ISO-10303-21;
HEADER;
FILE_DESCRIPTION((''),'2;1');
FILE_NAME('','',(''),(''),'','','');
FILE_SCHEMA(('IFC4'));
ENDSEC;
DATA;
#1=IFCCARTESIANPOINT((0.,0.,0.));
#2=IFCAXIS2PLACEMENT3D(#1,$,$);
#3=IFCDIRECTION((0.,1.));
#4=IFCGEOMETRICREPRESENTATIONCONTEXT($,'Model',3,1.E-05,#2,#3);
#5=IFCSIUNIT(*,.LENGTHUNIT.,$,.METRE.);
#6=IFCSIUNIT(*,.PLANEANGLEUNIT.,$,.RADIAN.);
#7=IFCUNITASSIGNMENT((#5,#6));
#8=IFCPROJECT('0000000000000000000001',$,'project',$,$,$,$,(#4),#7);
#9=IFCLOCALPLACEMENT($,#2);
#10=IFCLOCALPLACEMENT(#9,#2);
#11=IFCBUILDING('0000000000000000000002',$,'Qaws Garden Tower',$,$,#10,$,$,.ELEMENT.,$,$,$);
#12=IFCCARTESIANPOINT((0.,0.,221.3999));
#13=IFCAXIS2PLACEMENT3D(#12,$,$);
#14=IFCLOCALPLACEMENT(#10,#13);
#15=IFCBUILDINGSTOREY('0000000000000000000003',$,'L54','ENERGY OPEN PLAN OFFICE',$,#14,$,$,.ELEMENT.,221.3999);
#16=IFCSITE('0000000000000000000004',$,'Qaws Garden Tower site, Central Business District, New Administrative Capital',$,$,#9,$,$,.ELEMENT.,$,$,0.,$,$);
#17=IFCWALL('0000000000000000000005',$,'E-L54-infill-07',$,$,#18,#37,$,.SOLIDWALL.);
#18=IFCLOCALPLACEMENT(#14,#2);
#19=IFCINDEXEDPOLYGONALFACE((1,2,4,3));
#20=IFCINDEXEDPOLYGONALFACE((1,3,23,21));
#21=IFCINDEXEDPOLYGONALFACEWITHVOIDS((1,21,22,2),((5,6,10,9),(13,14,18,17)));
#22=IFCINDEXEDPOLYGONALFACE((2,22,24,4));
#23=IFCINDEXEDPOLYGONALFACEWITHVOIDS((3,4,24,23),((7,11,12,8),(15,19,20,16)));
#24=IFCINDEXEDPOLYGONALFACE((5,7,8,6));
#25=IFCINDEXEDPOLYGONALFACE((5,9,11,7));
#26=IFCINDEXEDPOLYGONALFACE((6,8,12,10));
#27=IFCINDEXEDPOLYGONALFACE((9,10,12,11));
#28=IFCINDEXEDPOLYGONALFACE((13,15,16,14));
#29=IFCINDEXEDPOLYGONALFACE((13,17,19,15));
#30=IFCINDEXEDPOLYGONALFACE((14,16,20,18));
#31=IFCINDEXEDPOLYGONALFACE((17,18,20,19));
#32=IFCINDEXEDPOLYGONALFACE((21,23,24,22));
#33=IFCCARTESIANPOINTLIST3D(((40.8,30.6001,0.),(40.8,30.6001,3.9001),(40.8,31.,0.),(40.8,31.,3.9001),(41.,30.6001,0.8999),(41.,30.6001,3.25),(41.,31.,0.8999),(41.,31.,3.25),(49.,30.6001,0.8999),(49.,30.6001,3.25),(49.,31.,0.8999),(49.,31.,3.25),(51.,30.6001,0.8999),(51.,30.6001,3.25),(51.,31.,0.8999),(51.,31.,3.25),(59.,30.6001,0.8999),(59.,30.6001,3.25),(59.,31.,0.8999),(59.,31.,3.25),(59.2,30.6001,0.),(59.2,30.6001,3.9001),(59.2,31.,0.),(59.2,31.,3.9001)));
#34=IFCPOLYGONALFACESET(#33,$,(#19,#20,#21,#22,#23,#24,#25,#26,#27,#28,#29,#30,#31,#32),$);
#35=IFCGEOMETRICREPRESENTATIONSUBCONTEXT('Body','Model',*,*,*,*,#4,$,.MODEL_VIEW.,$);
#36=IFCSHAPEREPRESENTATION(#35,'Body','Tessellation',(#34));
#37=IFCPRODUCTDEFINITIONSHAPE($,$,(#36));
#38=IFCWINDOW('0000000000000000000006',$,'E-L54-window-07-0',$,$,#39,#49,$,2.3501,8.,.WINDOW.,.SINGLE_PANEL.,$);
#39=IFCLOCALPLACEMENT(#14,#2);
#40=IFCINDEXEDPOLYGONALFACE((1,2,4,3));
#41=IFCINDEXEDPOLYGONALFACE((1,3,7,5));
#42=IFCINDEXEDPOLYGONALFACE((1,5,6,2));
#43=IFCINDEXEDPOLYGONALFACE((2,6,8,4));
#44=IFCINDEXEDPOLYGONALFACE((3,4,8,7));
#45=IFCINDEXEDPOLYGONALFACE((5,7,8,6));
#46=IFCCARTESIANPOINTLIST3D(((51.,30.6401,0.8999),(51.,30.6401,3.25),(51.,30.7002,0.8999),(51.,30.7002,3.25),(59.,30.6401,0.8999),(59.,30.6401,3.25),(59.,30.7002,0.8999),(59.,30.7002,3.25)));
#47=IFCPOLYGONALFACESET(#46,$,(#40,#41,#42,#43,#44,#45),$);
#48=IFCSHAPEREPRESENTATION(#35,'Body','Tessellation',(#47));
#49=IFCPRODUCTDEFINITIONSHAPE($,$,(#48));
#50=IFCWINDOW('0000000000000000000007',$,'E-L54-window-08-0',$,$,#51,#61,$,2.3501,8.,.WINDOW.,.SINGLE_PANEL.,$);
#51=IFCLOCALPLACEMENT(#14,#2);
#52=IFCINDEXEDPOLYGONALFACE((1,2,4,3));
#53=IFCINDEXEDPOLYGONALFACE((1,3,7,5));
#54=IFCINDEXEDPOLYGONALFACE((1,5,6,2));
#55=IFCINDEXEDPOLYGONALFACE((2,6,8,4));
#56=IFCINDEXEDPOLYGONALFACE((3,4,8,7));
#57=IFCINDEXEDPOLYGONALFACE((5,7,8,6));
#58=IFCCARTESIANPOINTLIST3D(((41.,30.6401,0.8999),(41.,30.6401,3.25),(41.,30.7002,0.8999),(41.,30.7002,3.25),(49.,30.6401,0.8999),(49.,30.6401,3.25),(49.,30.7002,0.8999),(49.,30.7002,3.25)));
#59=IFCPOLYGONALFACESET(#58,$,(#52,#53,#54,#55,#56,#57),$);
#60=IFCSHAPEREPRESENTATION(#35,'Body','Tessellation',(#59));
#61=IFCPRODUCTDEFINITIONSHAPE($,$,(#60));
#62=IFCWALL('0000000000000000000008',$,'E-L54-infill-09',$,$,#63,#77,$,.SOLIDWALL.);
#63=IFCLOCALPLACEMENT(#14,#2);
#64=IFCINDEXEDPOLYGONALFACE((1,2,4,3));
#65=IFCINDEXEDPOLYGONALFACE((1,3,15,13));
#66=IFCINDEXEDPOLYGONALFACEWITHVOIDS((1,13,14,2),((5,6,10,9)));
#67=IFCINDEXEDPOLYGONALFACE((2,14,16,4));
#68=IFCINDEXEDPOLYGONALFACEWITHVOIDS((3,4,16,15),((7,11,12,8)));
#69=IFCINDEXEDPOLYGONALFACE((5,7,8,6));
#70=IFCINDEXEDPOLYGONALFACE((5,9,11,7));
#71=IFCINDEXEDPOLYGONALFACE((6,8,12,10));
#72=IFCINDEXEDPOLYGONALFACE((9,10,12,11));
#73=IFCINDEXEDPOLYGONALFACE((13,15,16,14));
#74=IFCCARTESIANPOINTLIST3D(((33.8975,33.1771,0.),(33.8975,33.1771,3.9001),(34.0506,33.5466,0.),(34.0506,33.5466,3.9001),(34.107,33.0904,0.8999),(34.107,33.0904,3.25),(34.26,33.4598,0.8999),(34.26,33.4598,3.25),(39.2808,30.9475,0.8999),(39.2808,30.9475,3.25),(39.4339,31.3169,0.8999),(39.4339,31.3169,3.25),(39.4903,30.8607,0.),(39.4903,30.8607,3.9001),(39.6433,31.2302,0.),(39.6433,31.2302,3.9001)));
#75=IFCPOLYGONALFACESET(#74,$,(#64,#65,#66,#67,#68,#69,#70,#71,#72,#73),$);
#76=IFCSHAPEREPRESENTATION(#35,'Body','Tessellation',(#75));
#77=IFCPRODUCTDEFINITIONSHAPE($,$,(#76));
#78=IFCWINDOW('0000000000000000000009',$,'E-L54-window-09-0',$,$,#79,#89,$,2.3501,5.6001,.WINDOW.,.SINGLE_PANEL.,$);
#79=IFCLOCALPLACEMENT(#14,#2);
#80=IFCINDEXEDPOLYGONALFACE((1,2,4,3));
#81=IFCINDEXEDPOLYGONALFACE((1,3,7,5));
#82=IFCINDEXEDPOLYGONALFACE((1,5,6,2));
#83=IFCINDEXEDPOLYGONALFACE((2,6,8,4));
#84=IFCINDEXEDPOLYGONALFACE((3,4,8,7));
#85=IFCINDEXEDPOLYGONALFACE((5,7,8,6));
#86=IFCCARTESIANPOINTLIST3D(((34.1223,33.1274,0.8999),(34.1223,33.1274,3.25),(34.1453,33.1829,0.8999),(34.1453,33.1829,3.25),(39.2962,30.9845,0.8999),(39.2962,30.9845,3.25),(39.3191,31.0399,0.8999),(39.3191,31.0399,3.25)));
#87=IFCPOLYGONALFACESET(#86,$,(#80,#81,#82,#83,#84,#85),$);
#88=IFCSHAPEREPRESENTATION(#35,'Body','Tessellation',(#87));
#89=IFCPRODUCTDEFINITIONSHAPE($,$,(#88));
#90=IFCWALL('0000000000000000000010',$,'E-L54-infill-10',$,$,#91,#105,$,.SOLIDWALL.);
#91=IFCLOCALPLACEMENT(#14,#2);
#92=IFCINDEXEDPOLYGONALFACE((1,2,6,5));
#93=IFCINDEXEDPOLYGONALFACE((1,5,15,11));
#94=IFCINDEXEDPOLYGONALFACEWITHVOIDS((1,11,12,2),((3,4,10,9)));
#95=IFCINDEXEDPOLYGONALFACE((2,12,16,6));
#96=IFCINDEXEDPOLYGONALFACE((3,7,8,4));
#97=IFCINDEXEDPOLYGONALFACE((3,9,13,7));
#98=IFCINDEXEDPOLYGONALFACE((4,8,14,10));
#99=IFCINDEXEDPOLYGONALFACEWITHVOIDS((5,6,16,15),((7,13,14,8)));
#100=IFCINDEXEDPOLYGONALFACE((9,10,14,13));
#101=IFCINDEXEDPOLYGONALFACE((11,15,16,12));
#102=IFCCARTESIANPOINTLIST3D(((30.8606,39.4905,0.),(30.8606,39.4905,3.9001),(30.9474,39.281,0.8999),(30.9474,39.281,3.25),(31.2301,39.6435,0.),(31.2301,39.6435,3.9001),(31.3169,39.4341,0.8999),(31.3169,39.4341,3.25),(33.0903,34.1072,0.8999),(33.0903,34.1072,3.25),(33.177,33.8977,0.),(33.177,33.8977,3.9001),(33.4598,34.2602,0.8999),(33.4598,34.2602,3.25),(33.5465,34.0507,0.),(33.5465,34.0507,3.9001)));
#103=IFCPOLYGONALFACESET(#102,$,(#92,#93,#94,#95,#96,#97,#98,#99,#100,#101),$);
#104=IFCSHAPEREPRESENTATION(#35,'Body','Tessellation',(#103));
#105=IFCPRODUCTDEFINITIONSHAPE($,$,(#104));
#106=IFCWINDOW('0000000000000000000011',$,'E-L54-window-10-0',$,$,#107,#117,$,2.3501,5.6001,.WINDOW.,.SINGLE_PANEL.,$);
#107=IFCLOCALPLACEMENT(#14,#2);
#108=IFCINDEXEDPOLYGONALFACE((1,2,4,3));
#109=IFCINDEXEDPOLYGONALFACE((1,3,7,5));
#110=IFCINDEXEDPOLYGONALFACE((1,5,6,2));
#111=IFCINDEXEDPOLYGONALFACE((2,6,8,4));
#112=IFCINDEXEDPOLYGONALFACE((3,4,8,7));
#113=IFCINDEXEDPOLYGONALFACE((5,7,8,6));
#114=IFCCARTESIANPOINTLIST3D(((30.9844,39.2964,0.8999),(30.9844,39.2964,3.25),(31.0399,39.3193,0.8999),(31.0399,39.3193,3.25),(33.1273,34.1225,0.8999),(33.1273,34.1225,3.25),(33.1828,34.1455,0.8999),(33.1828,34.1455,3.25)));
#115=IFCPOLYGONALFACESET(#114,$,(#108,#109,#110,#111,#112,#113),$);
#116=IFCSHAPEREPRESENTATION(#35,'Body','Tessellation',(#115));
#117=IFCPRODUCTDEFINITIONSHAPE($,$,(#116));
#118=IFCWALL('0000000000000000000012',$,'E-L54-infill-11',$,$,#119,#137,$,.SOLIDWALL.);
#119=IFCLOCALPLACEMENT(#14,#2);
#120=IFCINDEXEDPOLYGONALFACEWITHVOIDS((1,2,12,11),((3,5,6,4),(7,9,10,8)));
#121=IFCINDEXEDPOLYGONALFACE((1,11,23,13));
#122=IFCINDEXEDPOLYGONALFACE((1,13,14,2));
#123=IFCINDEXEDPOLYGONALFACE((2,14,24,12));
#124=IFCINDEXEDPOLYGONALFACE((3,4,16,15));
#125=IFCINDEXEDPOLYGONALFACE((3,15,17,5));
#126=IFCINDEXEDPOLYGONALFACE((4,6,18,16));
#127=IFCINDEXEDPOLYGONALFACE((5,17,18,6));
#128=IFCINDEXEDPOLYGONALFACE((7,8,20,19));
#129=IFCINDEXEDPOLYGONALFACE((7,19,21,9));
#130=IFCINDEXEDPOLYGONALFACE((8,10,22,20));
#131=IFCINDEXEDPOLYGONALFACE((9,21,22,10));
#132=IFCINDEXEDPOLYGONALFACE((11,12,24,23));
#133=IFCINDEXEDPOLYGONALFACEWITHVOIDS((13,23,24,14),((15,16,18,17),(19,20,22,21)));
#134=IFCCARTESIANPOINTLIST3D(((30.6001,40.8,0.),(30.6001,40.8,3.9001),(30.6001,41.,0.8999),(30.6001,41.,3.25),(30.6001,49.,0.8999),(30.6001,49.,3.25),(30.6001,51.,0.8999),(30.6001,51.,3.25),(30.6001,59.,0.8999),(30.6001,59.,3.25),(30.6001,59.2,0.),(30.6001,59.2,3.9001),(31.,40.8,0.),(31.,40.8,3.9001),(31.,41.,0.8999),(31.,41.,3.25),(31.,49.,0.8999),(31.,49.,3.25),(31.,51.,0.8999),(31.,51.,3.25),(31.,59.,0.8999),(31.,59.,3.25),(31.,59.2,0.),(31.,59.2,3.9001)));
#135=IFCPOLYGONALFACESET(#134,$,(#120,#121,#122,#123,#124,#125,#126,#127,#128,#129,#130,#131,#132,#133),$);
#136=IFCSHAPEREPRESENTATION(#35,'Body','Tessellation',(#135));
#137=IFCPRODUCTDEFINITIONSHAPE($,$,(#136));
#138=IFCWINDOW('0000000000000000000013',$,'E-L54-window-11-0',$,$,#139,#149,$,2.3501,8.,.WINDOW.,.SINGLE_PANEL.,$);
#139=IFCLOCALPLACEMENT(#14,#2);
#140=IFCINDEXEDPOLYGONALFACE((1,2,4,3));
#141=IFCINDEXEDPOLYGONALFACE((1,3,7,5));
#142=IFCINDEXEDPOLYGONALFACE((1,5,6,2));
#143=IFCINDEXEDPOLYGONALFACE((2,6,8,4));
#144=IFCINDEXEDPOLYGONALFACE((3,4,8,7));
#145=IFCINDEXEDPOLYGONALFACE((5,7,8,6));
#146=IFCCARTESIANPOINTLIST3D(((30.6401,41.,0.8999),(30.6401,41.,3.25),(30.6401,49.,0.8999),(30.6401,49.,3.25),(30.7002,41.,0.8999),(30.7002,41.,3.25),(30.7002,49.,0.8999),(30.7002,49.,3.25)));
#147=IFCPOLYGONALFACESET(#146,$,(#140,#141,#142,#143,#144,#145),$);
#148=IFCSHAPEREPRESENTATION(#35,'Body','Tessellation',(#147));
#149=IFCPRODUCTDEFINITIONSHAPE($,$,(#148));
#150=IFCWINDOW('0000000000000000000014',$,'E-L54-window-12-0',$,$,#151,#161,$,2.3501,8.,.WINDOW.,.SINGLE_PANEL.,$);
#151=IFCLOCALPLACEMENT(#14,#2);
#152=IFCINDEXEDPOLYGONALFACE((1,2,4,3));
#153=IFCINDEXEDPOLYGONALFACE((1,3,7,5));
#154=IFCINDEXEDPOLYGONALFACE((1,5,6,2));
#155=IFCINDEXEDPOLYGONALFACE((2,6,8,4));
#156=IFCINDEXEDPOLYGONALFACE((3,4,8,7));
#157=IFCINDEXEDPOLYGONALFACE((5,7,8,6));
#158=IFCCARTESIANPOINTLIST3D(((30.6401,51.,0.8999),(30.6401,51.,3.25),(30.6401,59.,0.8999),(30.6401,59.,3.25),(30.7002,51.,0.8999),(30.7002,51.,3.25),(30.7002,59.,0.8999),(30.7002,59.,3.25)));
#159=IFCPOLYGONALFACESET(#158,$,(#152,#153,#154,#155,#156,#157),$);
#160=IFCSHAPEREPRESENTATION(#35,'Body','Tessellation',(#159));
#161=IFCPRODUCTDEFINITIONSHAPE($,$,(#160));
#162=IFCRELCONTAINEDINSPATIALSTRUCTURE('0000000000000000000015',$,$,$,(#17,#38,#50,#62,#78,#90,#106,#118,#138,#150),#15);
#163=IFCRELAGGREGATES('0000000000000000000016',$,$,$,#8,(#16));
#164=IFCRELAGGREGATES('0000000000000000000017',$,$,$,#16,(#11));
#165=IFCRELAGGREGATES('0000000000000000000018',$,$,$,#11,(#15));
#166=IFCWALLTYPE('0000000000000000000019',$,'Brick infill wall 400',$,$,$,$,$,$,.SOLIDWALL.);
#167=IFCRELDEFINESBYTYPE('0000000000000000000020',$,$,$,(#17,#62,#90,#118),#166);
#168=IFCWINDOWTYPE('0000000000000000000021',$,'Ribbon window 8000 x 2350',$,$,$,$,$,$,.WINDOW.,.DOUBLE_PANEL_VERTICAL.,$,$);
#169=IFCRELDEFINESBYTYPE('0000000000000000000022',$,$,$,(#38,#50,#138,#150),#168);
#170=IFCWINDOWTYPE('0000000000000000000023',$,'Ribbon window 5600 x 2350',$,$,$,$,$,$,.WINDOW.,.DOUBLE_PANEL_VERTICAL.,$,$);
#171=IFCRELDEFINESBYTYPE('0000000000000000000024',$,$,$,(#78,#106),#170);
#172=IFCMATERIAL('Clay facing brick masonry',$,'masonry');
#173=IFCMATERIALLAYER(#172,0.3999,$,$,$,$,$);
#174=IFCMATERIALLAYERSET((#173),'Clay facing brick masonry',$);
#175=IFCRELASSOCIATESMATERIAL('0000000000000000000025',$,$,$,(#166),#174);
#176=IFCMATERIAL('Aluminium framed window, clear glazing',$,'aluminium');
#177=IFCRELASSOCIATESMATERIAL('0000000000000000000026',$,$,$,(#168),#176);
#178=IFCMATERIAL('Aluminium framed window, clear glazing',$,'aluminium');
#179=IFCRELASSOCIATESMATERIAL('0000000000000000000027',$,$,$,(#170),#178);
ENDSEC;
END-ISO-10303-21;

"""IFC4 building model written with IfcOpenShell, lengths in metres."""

from ifc_helpers import new_model, si_unit, direction, frame, frame_2d, origin, place, context, subcontext, project, spatial, rectangle, extrude, material, layer, layer_set, type_object, element, fill, save


model = new_model("IFC4")

# Units and contexts
model_context = context("Model", 3, precision=1e-05, world=origin(), true_north=direction((0.0, 1.0)))
body_context = subcontext(model_context, "Body", "Model", "MODEL_VIEW")
ifc_project = project(units=[si_unit("LENGTHUNIT", "METRE"), si_unit("PLANEANGLEUNIT", "RADIAN")], contexts=[model_context])

# Site, building, storey
site_placement = place(None, origin())
site = spatial("IfcSite", under=ifc_project, at=site_placement, Name="Qaws Garden Tower site, Central Business District, New Administrative Capital", CompositionType="ELEMENT", RefElevation=0.0)
building_placement = place(site_placement, origin())
building = spatial("IfcBuilding", under=site, at=building_placement, Name="Qaws Garden Tower", CompositionType="ELEMENT")
storey_placement = place(building_placement, frame((0.0, 0.0, 221.3999)))
storey = spatial("IfcBuildingStorey", under=building, at=storey_placement, Name="L54", Description="ENERGY OPEN PLAN OFFICE", CompositionType="ELEMENT", Elevation=221.3999)

# Wall, openings, windows
ifc_material_1 = material(Name="Clay facing brick masonry", Category="masonry")
ifc_layer_1 = layer(ifc_material_1, 0.3999)
ifc_layer_set_1 = layer_set([ifc_layer_1], Name="Clay facing brick masonry")
wall_type_1 = type_object("IfcWallType", Name="Brick infill wall 400", PredefinedType="SOLIDWALL", material=ifc_layer_set_1)
wall_1_placement = place(storey_placement, frame((59.2, 30.8, 0.0), z_axis=(0.0, 0.0, 1.0), x_axis=(-1.0, 0.0, 0.0)))
wall_1 = element("IfcWall", 1, at=wall_1_placement, inside=storey, type_object=wall_type_1, Name="E-L54-infill-07", PredefinedType="SOLIDWALL", context=body_context, shape_type="SweptSolid", body=[
    extrude(rectangle(XDim=18.3999, YDim=0.3999, at=frame_2d((9.2, 0.0))), origin(), (0.0, 0.0, 1.0), 3.9001),
])
opening_1_placement = place(wall_1_placement, frame((0.2, 0.0, 0.8999)))
opening_1 = element("IfcOpeningElement", 2, at=opening_1_placement, cuts=wall_1, PredefinedType="OPENING", context=body_context, shape_type="SweptSolid", body=[
    extrude(rectangle(XDim=8.0, YDim=2.3501, at=frame_2d((4.0, 1.175))), frame((0.0, 0.21, 0.0), z_axis=(0.0, -1.0, 0.0), x_axis=(1.0, 0.0, 0.0)), (0.0, 0.0, 1.0), 0.4199),
])
opening_2_placement = place(wall_1_placement, frame((10.2, 0.0, 0.8999)))
opening_2 = element("IfcOpeningElement", 3, at=opening_2_placement, cuts=wall_1, PredefinedType="OPENING", context=body_context, shape_type="SweptSolid", body=[
    extrude(rectangle(XDim=8.0, YDim=2.3501, at=frame_2d((4.0, 1.175))), frame((0.0, 0.21, 0.0), z_axis=(0.0, -1.0, 0.0), x_axis=(1.0, 0.0, 0.0)), (0.0, 0.0, 1.0), 0.4199),
])
ifc_material_2 = material(Name="Aluminium framed window, clear glazing", Category="aluminium")
window_type_1 = type_object("IfcWindowType", Name="Ribbon window 8000 x 2350", PartitioningType="DOUBLE_PANEL_VERTICAL", PredefinedType="WINDOW", material=ifc_material_2)
window_1_placement = place(opening_1_placement, origin())
window_1 = element("IfcWindow", 4, at=window_1_placement, inside=storey, type_object=window_type_1, Name="E-L54-window-07-0", OverallHeight=2.3501, OverallWidth=8.0, PartitioningType="SINGLE_PANEL", PredefinedType="WINDOW", context=body_context, shape_type="SweptSolid", body=[
    extrude(rectangle(XDim=8.0, YDim=2.3501, at=frame_2d((4.0, 1.175))), frame((0.0, 0.1599, 0.0), z_axis=(0.0, -1.0, 0.0), x_axis=(1.0, 0.0, 0.0)), (0.0, 0.0, 1.0), 0.0601),
])
fill(opening_1, window_1)
window_2_placement = place(opening_2_placement, origin())
window_2 = element("IfcWindow", 5, at=window_2_placement, inside=storey, type_object=window_type_1, Name="E-L54-window-08-0", OverallHeight=2.3501, OverallWidth=8.0, PartitioningType="SINGLE_PANEL", PredefinedType="WINDOW", context=body_context, shape_type="SweptSolid", body=[
    extrude(rectangle(XDim=8.0, YDim=2.3501, at=frame_2d((4.0, 1.175))), frame((0.0, 0.1599, 0.0), z_axis=(0.0, -1.0, 0.0), x_axis=(1.0, 0.0, 0.0)), (0.0, 0.0, 1.0), 0.0601),
])
fill(opening_2, window_2)

# Walls, openings, windows
wall_2_placement = place(storey_placement, frame((39.5669, 31.0454, 0.0), z_axis=(0.0, 0.0, 1.0), x_axis=(-0.923891, 0.382656, 0.0)))
wall_2 = element("IfcWall", 6, at=wall_2_placement, inside=storey, type_object=wall_type_1, Name="E-L54-infill-09", PredefinedType="SOLIDWALL", context=body_context, shape_type="SweptSolid", body=[
    extrude(rectangle(XDim=6.0535, YDim=0.3999, at=frame_2d((3.0269, 0.0))), origin(), (0.0, 0.0, 1.0), 3.9001),
])
opening_3_placement = place(wall_2_placement, frame((0.2268, 0.0, 0.8999)))
opening_3 = element("IfcOpeningElement", 7, at=opening_3_placement, cuts=wall_2, PredefinedType="OPENING", context=body_context, shape_type="SweptSolid", body=[
    extrude(rectangle(XDim=5.6001, YDim=2.3501, at=frame_2d((2.8, 1.175))), frame((0.0, 0.21, 0.0), z_axis=(0.0, -1.0, 0.0), x_axis=(1.0, 0.0, 0.0)), (0.0, 0.0, 1.0), 0.4199),
])
ifc_material_3 = material(Name="Aluminium framed window, clear glazing", Category="aluminium")
window_type_2 = type_object("IfcWindowType", Name="Ribbon window 5600 x 2350", PartitioningType="DOUBLE_PANEL_VERTICAL", PredefinedType="WINDOW", material=ifc_material_3)
window_3_placement = place(opening_3_placement, origin())
window_3 = element("IfcWindow", 8, at=window_3_placement, inside=storey, type_object=window_type_2, Name="E-L54-window-09-0", OverallHeight=2.3501, OverallWidth=5.6001, PartitioningType="SINGLE_PANEL", PredefinedType="WINDOW", context=body_context, shape_type="SweptSolid", body=[
    extrude(rectangle(XDim=5.6001, YDim=2.3501, at=frame_2d((2.8, 1.175))), frame((0.0, 0.1599, 0.0), z_axis=(0.0, -1.0, 0.0), x_axis=(1.0, 0.0, 0.0)), (0.0, 0.0, 1.0), 0.0601),
])
fill(opening_3, window_3)
wall_3_placement = place(storey_placement, frame((33.3618, 33.9741, 0.0), z_axis=(0.0, 0.0, 1.0), x_axis=(-0.382656, 0.923891, 0.0)))
wall_3 = element("IfcWall", 9, at=wall_3_placement, inside=storey, type_object=wall_type_1, Name="E-L54-infill-10", PredefinedType="SOLIDWALL", context=body_context, shape_type="SweptSolid", body=[
    extrude(rectangle(XDim=6.0535, YDim=0.3999, at=frame_2d((3.0269, 0.0))), origin(), (0.0, 0.0, 1.0), 3.9001),
])
opening_4_placement = place(wall_3_placement, frame((0.2268, 0.0, 0.8999)))
opening_4 = element("IfcOpeningElement", 10, at=opening_4_placement, cuts=wall_3, PredefinedType="OPENING", context=body_context, shape_type="SweptSolid", body=[
    extrude(rectangle(XDim=5.6001, YDim=2.3501, at=frame_2d((2.8, 1.175))), frame((0.0, 0.21, 0.0), z_axis=(0.0, -1.0, 0.0), x_axis=(1.0, 0.0, 0.0)), (0.0, 0.0, 1.0), 0.4199),
])
window_4_placement = place(opening_4_placement, origin())
window_4 = element("IfcWindow", 11, at=window_4_placement, inside=storey, type_object=window_type_2, Name="E-L54-window-10-0", OverallHeight=2.3501, OverallWidth=5.6001, PartitioningType="SINGLE_PANEL", PredefinedType="WINDOW", context=body_context, shape_type="SweptSolid", body=[
    extrude(rectangle(XDim=5.6001, YDim=2.3501, at=frame_2d((2.8, 1.175))), frame((0.0, 0.1599, 0.0), z_axis=(0.0, -1.0, 0.0), x_axis=(1.0, 0.0, 0.0)), (0.0, 0.0, 1.0), 0.0601),
])
fill(opening_4, window_4)

# Wall, openings, windows
wall_4_placement = place(storey_placement, frame((30.8, 40.8, 0.0), z_axis=(0.0, 0.0, 1.0), x_axis=(0.0, 1.0, 0.0)))
wall_4 = element("IfcWall", 12, at=wall_4_placement, inside=storey, type_object=wall_type_1, Name="E-L54-infill-11", PredefinedType="SOLIDWALL", context=body_context, shape_type="SweptSolid", body=[
    extrude(rectangle(XDim=18.3999, YDim=0.3999, at=frame_2d((9.2, 0.0))), origin(), (0.0, 0.0, 1.0), 3.9001),
])
opening_5_placement = place(wall_4_placement, frame((0.2, 0.0, 0.8999)))
opening_5 = element("IfcOpeningElement", 13, at=opening_5_placement, cuts=wall_4, PredefinedType="OPENING", context=body_context, shape_type="SweptSolid", body=[
    extrude(rectangle(XDim=8.0, YDim=2.3501, at=frame_2d((4.0, 1.175))), frame((0.0, 0.21, 0.0), z_axis=(0.0, -1.0, 0.0), x_axis=(1.0, 0.0, 0.0)), (0.0, 0.0, 1.0), 0.4199),
])
opening_6_placement = place(wall_4_placement, frame((10.2, 0.0, 0.8999)))
opening_6 = element("IfcOpeningElement", 14, at=opening_6_placement, cuts=wall_4, PredefinedType="OPENING", context=body_context, shape_type="SweptSolid", body=[
    extrude(rectangle(XDim=8.0, YDim=2.3501, at=frame_2d((4.0, 1.175))), frame((0.0, 0.21, 0.0), z_axis=(0.0, -1.0, 0.0), x_axis=(1.0, 0.0, 0.0)), (0.0, 0.0, 1.0), 0.4199),
])
window_5_placement = place(opening_5_placement, origin())
window_5 = element("IfcWindow", 15, at=window_5_placement, inside=storey, type_object=window_type_1, Name="E-L54-window-11-0", OverallHeight=2.3501, OverallWidth=8.0, PartitioningType="SINGLE_PANEL", PredefinedType="WINDOW", context=body_context, shape_type="SweptSolid", body=[
    extrude(rectangle(XDim=8.0, YDim=2.3501, at=frame_2d((4.0, 1.175))), frame((0.0, 0.1599, 0.0), z_axis=(0.0, -1.0, 0.0), x_axis=(1.0, 0.0, 0.0)), (0.0, 0.0, 1.0), 0.0601),
])
fill(opening_5, window_5)
window_6_placement = place(opening_6_placement, origin())
window_6 = element("IfcWindow", 16, at=window_6_placement, inside=storey, type_object=window_type_1, Name="E-L54-window-12-0", OverallHeight=2.3501, OverallWidth=8.0, PartitioningType="SINGLE_PANEL", PredefinedType="WINDOW", context=body_context, shape_type="SweptSolid", body=[
    extrude(rectangle(XDim=8.0, YDim=2.3501, at=frame_2d((4.0, 1.175))), frame((0.0, 0.1599, 0.0), z_axis=(0.0, -1.0, 0.0), x_axis=(1.0, 0.0, 0.0)), (0.0, 0.0, 1.0), 0.0601),
])
fill(opening_6, window_6)

save(model, "model.ifc")
